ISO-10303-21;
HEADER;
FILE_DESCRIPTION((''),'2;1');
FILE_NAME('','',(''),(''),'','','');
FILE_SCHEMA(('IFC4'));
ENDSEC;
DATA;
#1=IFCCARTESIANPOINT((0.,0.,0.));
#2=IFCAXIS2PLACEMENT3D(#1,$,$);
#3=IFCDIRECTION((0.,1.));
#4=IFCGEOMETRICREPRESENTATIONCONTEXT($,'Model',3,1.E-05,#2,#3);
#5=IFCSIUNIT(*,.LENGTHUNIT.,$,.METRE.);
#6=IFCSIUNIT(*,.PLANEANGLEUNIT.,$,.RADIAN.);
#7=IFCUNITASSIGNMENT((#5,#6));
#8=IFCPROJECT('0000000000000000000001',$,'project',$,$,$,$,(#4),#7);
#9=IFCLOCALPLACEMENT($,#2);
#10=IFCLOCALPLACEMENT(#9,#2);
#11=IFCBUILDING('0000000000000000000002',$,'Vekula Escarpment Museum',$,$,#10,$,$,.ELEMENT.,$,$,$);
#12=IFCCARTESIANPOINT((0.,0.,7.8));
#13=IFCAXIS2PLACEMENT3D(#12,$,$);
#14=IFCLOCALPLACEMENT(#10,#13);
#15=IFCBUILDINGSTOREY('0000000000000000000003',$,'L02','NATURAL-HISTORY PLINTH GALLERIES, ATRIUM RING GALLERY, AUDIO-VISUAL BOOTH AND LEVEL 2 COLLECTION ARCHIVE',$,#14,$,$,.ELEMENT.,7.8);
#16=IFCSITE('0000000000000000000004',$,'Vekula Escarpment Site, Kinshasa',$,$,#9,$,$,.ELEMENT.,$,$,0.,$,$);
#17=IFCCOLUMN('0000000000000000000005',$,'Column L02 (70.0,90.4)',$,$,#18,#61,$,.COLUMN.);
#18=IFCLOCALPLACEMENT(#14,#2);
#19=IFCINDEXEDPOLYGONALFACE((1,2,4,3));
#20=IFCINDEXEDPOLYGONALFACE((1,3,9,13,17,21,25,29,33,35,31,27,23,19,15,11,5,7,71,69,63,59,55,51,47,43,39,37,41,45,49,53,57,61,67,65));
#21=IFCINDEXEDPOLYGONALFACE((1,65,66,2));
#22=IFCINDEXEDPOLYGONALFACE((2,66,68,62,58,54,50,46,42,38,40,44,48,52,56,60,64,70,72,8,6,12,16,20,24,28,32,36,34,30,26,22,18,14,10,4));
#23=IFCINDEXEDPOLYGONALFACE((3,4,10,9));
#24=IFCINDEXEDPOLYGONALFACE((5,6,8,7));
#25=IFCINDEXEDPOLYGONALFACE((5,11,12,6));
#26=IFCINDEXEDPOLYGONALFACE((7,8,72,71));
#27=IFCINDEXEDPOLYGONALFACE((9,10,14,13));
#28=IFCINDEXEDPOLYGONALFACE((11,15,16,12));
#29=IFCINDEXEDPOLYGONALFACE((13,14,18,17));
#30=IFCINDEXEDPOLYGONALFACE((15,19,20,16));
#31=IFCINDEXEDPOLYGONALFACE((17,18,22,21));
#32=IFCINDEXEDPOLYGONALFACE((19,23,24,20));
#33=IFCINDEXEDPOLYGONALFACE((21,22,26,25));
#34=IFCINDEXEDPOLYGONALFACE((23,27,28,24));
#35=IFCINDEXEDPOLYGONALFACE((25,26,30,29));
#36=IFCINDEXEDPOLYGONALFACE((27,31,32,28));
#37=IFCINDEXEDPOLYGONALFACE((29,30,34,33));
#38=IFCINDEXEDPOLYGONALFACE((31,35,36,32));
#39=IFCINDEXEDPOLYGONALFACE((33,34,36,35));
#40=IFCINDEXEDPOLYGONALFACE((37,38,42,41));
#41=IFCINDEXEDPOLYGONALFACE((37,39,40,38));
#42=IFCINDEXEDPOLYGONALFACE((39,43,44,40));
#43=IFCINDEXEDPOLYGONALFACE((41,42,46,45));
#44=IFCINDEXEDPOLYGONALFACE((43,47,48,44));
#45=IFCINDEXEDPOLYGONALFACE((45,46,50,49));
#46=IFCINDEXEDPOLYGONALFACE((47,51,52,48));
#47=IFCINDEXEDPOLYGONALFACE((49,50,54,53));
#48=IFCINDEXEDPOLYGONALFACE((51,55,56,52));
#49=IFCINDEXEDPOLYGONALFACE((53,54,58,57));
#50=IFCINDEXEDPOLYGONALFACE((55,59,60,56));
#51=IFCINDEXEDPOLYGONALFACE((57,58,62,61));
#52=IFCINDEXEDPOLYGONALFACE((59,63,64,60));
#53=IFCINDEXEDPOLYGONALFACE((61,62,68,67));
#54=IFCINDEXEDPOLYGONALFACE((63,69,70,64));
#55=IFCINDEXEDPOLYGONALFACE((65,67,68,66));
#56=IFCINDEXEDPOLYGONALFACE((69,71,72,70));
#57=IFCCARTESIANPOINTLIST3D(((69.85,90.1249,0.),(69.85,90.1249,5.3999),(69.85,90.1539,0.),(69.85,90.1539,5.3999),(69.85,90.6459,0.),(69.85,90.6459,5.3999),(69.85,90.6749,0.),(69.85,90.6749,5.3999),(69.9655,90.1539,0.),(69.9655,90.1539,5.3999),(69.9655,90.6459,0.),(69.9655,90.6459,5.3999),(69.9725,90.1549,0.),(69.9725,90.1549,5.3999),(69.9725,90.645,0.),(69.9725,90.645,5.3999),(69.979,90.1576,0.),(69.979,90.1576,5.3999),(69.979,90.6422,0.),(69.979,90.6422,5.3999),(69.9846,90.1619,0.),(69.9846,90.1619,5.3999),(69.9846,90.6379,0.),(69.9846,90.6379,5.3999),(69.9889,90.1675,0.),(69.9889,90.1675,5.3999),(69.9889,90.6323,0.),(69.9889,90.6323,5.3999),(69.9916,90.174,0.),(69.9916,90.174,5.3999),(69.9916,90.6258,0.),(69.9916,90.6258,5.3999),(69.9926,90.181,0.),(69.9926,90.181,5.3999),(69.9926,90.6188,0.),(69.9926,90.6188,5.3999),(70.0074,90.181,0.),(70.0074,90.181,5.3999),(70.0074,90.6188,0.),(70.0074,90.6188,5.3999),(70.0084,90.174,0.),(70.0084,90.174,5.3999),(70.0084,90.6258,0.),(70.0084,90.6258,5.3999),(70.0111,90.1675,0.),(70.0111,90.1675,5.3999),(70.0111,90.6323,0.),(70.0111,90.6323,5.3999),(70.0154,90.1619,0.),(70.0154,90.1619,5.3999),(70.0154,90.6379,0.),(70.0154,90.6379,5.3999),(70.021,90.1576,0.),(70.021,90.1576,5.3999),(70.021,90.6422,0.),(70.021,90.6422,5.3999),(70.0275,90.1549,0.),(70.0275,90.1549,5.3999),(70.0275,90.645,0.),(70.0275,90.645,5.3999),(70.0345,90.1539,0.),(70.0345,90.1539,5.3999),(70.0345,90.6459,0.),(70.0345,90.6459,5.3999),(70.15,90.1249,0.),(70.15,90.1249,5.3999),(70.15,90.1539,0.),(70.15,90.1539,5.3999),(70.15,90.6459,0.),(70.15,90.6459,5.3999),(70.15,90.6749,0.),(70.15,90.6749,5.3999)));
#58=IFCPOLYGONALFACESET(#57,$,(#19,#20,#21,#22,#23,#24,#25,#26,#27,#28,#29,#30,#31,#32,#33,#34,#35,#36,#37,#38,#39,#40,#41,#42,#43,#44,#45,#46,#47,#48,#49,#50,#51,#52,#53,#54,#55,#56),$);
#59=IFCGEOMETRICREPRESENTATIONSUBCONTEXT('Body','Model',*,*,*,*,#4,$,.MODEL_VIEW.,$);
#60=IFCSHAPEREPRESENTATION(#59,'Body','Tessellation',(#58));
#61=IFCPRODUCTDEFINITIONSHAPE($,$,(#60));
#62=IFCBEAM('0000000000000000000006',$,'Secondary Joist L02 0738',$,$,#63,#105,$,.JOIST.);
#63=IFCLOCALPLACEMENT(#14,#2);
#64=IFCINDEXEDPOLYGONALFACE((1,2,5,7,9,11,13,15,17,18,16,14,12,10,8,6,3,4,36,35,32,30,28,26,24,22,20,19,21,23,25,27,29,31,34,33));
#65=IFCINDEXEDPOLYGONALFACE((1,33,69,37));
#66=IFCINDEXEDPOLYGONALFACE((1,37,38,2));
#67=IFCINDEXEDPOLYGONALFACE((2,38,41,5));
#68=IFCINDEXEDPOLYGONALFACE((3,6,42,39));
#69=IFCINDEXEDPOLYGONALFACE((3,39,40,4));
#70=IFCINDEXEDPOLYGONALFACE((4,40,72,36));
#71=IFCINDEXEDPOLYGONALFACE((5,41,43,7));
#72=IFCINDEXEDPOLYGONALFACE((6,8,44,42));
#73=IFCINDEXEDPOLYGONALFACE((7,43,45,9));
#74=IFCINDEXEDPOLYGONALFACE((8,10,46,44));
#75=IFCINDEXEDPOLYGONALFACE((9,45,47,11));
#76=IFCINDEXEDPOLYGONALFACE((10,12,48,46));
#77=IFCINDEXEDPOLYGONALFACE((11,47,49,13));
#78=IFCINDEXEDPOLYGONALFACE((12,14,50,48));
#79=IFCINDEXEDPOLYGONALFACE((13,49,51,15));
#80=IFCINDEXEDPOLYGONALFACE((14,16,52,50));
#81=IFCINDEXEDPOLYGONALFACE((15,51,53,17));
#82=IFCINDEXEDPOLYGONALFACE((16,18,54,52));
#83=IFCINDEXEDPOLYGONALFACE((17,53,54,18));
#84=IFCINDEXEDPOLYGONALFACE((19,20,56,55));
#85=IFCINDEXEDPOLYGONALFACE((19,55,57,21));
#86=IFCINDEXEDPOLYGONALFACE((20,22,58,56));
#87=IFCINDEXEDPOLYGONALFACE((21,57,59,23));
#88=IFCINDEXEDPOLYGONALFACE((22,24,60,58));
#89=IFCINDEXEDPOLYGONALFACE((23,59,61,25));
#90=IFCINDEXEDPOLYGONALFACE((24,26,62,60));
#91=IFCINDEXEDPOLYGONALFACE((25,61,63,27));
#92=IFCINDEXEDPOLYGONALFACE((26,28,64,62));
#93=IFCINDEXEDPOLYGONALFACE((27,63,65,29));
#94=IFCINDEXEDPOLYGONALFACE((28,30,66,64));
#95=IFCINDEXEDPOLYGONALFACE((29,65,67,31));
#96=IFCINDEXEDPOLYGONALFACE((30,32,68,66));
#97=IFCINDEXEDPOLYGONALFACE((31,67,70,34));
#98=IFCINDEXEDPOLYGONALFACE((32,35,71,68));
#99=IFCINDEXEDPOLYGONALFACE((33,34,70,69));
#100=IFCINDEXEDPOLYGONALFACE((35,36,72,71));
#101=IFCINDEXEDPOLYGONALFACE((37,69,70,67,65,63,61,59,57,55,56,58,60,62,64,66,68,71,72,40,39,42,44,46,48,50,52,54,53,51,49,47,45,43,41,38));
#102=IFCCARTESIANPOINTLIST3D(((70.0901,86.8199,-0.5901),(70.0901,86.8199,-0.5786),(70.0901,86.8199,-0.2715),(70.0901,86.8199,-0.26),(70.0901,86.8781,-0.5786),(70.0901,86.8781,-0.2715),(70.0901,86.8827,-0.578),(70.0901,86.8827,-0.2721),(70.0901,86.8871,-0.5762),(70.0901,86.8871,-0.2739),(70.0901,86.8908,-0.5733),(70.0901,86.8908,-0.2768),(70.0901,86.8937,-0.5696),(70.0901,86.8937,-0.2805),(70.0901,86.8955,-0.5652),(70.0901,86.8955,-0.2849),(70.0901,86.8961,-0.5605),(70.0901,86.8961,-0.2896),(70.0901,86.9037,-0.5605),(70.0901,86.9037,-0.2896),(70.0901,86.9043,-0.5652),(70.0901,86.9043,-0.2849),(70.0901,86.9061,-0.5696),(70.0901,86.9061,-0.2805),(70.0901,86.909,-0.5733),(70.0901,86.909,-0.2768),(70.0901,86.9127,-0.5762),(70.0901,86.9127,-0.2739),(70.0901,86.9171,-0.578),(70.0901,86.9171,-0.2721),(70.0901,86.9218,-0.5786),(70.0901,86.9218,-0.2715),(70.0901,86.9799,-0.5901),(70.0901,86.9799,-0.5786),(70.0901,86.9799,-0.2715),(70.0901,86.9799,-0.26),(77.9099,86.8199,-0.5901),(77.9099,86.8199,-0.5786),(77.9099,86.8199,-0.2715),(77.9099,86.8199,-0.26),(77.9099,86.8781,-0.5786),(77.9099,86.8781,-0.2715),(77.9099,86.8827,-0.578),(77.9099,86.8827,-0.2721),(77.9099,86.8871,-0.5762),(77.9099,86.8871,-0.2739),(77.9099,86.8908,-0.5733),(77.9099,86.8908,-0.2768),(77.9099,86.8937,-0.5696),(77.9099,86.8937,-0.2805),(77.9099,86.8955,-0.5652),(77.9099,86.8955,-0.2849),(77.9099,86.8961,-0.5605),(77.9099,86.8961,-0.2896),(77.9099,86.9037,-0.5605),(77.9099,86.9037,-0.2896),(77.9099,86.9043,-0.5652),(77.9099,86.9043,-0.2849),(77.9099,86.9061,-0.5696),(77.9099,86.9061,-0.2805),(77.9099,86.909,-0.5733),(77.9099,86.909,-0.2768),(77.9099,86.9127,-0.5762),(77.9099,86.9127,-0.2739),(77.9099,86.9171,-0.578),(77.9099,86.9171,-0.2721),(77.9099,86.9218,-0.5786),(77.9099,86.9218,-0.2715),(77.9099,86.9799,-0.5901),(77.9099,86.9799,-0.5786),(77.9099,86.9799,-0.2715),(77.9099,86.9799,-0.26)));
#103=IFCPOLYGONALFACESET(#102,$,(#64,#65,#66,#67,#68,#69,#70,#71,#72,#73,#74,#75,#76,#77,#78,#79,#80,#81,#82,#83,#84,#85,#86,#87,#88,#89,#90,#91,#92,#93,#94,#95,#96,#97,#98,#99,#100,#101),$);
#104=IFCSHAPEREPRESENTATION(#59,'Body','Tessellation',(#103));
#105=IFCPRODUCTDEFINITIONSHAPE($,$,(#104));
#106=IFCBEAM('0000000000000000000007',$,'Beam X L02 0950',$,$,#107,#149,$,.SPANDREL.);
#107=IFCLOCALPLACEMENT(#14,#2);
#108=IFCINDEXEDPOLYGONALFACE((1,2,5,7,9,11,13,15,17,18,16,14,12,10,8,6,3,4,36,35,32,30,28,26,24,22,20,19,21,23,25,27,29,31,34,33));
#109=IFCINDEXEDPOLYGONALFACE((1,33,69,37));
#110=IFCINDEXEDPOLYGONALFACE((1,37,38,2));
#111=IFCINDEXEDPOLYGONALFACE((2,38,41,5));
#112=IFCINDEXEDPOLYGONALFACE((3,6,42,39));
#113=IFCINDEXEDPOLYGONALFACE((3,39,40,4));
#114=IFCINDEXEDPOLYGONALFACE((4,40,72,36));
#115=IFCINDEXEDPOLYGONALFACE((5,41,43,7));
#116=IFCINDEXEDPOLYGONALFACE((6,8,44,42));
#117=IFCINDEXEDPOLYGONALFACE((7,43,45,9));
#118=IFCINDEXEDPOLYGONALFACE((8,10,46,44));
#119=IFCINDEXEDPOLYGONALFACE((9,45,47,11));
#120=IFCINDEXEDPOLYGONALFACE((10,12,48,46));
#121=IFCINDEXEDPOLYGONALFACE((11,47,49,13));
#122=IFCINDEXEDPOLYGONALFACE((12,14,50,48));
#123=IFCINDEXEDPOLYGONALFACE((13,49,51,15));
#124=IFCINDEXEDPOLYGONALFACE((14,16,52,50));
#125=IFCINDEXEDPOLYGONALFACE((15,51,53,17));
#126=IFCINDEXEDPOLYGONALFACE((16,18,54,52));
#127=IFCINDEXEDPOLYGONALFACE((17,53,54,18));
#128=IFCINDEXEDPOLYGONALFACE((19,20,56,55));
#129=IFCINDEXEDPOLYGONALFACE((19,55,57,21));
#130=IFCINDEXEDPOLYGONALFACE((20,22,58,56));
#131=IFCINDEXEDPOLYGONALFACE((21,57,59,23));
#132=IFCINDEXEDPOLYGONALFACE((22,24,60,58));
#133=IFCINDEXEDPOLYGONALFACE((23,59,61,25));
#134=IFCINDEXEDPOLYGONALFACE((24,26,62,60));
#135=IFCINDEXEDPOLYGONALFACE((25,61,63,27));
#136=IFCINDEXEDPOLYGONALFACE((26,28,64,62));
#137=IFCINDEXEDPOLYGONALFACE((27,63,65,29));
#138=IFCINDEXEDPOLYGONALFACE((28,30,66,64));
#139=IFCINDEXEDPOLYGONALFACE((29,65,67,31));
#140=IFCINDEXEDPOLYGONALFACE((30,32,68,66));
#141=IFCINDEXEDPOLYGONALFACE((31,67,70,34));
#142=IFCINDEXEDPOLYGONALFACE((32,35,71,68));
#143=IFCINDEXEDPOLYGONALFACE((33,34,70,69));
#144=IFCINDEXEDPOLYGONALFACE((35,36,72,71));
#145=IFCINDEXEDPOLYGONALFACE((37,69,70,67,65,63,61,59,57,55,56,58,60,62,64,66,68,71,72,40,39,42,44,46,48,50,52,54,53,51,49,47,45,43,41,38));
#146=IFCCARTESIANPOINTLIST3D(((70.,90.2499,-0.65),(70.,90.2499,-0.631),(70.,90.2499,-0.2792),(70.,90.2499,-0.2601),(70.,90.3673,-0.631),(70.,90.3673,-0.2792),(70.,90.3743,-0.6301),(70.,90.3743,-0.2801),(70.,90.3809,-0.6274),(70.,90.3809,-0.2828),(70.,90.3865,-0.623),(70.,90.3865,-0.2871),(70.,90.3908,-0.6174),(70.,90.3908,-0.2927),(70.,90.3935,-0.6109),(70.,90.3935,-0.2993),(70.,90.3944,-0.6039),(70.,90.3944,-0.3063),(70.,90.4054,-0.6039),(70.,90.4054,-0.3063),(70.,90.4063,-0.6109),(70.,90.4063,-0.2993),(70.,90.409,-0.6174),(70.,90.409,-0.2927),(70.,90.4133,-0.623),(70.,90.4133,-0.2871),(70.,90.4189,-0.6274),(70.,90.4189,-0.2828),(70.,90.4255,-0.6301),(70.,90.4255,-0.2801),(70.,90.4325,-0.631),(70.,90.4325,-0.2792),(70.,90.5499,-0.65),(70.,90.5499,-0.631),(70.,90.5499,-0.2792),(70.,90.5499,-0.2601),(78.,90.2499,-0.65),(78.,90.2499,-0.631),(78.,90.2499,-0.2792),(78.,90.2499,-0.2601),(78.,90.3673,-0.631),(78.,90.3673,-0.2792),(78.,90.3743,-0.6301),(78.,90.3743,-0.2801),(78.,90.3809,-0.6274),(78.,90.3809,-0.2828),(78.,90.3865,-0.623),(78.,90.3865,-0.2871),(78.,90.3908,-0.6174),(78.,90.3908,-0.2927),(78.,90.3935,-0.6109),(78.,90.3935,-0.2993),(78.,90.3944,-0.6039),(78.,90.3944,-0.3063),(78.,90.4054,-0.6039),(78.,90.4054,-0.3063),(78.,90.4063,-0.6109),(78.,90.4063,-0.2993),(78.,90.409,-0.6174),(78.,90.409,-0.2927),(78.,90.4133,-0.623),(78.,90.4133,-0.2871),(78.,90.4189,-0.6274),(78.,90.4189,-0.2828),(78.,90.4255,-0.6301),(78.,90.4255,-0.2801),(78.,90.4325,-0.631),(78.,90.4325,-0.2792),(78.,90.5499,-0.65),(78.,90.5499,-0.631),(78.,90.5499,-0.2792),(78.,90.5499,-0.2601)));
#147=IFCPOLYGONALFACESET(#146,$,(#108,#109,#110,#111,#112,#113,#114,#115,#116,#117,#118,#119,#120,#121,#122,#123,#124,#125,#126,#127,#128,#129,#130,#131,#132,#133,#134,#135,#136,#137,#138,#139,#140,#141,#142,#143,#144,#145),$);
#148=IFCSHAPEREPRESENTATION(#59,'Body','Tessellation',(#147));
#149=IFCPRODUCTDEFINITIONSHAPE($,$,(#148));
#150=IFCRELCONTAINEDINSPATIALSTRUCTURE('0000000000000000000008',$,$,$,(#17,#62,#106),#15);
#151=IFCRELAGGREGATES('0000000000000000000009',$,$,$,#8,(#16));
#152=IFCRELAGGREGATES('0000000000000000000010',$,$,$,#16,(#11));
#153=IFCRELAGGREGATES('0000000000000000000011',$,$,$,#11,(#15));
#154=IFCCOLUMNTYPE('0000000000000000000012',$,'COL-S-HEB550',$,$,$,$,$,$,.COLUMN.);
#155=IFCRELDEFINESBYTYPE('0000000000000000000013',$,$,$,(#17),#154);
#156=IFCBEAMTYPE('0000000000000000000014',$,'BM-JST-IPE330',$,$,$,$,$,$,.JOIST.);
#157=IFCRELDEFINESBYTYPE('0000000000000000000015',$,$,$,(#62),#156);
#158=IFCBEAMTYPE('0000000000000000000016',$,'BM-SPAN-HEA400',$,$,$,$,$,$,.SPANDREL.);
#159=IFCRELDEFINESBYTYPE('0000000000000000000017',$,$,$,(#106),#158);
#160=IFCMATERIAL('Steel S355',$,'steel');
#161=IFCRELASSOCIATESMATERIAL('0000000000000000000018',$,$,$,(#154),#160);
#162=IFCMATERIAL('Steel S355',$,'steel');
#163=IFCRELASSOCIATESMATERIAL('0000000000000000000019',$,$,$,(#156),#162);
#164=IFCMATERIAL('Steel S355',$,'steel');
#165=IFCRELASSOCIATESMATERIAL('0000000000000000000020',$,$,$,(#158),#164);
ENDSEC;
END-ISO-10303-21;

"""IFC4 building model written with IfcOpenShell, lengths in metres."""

from ifc_helpers import new_model, si_unit, direction, frame, origin, origin_2d, place, context, subcontext, project, spatial, i_section, extrude, material, material_profile, profile_set, type_object, element, save


model = new_model("IFC4")

# Units and contexts
model_context = context("Model", 3, precision=1e-05, world=origin(), true_north=direction((0.0, 1.0)))
body_context = subcontext(model_context, "Body", "Model", "MODEL_VIEW")
ifc_project = project(units=[si_unit("LENGTHUNIT", "METRE"), si_unit("PLANEANGLEUNIT", "RADIAN")], contexts=[model_context])

# Site, building, storey
site_placement = place(None, origin())
site = spatial("IfcSite", under=ifc_project, at=site_placement, Name="Vekula Escarpment Site, Kinshasa", CompositionType="ELEMENT", RefElevation=0.0)
building_placement = place(site_placement, origin())
building = spatial("IfcBuilding", under=site, at=building_placement, Name="Vekula Escarpment Museum", CompositionType="ELEMENT")
storey_placement = place(building_placement, frame((0.0, 0.0, 7.8)))
storey = spatial("IfcBuildingStorey", under=building, at=storey_placement, Name="L02", Description="NATURAL-HISTORY PLINTH GALLERIES, ATRIUM RING GALLERY, AUDIO-VISUAL BOOTH AND LEVEL 2 COLLECTION ARCHIVE", CompositionType="ELEMENT", Elevation=7.8)

# Column
ifc_material_1 = material(Name="Steel S355", Category="steel")
ifc_material_profile_1 = material_profile(ifc_material_1, i_section(OverallWidth=0.3, OverallDepth=0.55, WebThickness=0.0149, FlangeThickness=0.0291, FilletRadius=0.0271, at=origin_2d()), Name="HEB 550")
ifc_profile_set_1 = profile_set([ifc_material_profile_1], Name="Steel S355")
column_type = type_object("IfcColumnType", Name="COL-S-HEB550", PredefinedType="COLUMN", material=ifc_profile_set_1)
column_placement = place(storey_placement, frame((70.0, 90.3999, 0.0), z_axis=(0.0, 0.0, 1.0), x_axis=(1.0, 0.0, 0.0)))
element("IfcColumn", 1, at=column_placement, inside=storey, type_object=column_type, Name="Column L02 (70.0,90.4)", PredefinedType="COLUMN", context=body_context, shape_type="SweptSolid", body=[
    extrude(i_section(OverallWidth=0.3, OverallDepth=0.55, WebThickness=0.0149, FlangeThickness=0.0291, FilletRadius=0.0271, at=origin_2d()), origin(), (0.0, 0.0, 1.0), 5.3999),
])

# Beams
ifc_material_2 = material(Name="Steel S355", Category="steel")
ifc_material_profile_2 = material_profile(ifc_material_2, i_section(OverallWidth=0.1599, OverallDepth=0.3301, WebThickness=0.0076, FlangeThickness=0.0115, FilletRadius=0.0181, at=origin_2d()), Name="IPE 330")
ifc_profile_set_2 = profile_set([ifc_material_profile_2], Name="Steel S355")
beam_type_1 = type_object("IfcBeamType", Name="BM-JST-IPE330", PredefinedType="JOIST", material=ifc_profile_set_2)
beam_1_placement = place(storey_placement, frame((70.0901, 86.8999, -0.425), z_axis=(1.0, 0.0, 0.0), x_axis=(0.0, 1.0, 0.0)))
element("IfcBeam", 2, at=beam_1_placement, inside=storey, type_object=beam_type_1, Name="Secondary Joist L02 0738", PredefinedType="JOIST", context=body_context, shape_type="SweptSolid", body=[
    extrude(i_section(OverallWidth=0.1599, OverallDepth=0.3301, WebThickness=0.0076, FlangeThickness=0.0115, FilletRadius=0.0181, at=origin_2d()), origin(), (0.0, 0.0, 1.0), 7.8198),
])
ifc_material_3 = material(Name="Steel S355", Category="steel")
ifc_material_profile_3 = material_profile(ifc_material_3, i_section(OverallWidth=0.3, OverallDepth=0.3899, WebThickness=0.011, FlangeThickness=0.019, FilletRadius=0.0271, at=origin_2d()), Name="HEA 400")
ifc_profile_set_3 = profile_set([ifc_material_profile_3], Name="Steel S355")
beam_type_2 = type_object("IfcBeamType", Name="BM-SPAN-HEA400", PredefinedType="SPANDREL", material=ifc_profile_set_3)
beam_2_placement = place(storey_placement, frame((70.0, 90.3999, -0.4551), z_axis=(1.0, 0.0, 0.0), x_axis=(0.0, 1.0, 0.0)))
element("IfcBeam", 3, at=beam_2_placement, inside=storey, type_object=beam_type_2, Name="Beam X L02 0950", PredefinedType="SPANDREL", context=body_context, shape_type="SweptSolid", body=[
    extrude(i_section(OverallWidth=0.3, OverallDepth=0.3899, WebThickness=0.011, FlangeThickness=0.019, FilletRadius=0.0271, at=origin_2d()), origin(), (0.0, 0.0, 1.0), 8.0),
])

save(model, "model.ifc")
